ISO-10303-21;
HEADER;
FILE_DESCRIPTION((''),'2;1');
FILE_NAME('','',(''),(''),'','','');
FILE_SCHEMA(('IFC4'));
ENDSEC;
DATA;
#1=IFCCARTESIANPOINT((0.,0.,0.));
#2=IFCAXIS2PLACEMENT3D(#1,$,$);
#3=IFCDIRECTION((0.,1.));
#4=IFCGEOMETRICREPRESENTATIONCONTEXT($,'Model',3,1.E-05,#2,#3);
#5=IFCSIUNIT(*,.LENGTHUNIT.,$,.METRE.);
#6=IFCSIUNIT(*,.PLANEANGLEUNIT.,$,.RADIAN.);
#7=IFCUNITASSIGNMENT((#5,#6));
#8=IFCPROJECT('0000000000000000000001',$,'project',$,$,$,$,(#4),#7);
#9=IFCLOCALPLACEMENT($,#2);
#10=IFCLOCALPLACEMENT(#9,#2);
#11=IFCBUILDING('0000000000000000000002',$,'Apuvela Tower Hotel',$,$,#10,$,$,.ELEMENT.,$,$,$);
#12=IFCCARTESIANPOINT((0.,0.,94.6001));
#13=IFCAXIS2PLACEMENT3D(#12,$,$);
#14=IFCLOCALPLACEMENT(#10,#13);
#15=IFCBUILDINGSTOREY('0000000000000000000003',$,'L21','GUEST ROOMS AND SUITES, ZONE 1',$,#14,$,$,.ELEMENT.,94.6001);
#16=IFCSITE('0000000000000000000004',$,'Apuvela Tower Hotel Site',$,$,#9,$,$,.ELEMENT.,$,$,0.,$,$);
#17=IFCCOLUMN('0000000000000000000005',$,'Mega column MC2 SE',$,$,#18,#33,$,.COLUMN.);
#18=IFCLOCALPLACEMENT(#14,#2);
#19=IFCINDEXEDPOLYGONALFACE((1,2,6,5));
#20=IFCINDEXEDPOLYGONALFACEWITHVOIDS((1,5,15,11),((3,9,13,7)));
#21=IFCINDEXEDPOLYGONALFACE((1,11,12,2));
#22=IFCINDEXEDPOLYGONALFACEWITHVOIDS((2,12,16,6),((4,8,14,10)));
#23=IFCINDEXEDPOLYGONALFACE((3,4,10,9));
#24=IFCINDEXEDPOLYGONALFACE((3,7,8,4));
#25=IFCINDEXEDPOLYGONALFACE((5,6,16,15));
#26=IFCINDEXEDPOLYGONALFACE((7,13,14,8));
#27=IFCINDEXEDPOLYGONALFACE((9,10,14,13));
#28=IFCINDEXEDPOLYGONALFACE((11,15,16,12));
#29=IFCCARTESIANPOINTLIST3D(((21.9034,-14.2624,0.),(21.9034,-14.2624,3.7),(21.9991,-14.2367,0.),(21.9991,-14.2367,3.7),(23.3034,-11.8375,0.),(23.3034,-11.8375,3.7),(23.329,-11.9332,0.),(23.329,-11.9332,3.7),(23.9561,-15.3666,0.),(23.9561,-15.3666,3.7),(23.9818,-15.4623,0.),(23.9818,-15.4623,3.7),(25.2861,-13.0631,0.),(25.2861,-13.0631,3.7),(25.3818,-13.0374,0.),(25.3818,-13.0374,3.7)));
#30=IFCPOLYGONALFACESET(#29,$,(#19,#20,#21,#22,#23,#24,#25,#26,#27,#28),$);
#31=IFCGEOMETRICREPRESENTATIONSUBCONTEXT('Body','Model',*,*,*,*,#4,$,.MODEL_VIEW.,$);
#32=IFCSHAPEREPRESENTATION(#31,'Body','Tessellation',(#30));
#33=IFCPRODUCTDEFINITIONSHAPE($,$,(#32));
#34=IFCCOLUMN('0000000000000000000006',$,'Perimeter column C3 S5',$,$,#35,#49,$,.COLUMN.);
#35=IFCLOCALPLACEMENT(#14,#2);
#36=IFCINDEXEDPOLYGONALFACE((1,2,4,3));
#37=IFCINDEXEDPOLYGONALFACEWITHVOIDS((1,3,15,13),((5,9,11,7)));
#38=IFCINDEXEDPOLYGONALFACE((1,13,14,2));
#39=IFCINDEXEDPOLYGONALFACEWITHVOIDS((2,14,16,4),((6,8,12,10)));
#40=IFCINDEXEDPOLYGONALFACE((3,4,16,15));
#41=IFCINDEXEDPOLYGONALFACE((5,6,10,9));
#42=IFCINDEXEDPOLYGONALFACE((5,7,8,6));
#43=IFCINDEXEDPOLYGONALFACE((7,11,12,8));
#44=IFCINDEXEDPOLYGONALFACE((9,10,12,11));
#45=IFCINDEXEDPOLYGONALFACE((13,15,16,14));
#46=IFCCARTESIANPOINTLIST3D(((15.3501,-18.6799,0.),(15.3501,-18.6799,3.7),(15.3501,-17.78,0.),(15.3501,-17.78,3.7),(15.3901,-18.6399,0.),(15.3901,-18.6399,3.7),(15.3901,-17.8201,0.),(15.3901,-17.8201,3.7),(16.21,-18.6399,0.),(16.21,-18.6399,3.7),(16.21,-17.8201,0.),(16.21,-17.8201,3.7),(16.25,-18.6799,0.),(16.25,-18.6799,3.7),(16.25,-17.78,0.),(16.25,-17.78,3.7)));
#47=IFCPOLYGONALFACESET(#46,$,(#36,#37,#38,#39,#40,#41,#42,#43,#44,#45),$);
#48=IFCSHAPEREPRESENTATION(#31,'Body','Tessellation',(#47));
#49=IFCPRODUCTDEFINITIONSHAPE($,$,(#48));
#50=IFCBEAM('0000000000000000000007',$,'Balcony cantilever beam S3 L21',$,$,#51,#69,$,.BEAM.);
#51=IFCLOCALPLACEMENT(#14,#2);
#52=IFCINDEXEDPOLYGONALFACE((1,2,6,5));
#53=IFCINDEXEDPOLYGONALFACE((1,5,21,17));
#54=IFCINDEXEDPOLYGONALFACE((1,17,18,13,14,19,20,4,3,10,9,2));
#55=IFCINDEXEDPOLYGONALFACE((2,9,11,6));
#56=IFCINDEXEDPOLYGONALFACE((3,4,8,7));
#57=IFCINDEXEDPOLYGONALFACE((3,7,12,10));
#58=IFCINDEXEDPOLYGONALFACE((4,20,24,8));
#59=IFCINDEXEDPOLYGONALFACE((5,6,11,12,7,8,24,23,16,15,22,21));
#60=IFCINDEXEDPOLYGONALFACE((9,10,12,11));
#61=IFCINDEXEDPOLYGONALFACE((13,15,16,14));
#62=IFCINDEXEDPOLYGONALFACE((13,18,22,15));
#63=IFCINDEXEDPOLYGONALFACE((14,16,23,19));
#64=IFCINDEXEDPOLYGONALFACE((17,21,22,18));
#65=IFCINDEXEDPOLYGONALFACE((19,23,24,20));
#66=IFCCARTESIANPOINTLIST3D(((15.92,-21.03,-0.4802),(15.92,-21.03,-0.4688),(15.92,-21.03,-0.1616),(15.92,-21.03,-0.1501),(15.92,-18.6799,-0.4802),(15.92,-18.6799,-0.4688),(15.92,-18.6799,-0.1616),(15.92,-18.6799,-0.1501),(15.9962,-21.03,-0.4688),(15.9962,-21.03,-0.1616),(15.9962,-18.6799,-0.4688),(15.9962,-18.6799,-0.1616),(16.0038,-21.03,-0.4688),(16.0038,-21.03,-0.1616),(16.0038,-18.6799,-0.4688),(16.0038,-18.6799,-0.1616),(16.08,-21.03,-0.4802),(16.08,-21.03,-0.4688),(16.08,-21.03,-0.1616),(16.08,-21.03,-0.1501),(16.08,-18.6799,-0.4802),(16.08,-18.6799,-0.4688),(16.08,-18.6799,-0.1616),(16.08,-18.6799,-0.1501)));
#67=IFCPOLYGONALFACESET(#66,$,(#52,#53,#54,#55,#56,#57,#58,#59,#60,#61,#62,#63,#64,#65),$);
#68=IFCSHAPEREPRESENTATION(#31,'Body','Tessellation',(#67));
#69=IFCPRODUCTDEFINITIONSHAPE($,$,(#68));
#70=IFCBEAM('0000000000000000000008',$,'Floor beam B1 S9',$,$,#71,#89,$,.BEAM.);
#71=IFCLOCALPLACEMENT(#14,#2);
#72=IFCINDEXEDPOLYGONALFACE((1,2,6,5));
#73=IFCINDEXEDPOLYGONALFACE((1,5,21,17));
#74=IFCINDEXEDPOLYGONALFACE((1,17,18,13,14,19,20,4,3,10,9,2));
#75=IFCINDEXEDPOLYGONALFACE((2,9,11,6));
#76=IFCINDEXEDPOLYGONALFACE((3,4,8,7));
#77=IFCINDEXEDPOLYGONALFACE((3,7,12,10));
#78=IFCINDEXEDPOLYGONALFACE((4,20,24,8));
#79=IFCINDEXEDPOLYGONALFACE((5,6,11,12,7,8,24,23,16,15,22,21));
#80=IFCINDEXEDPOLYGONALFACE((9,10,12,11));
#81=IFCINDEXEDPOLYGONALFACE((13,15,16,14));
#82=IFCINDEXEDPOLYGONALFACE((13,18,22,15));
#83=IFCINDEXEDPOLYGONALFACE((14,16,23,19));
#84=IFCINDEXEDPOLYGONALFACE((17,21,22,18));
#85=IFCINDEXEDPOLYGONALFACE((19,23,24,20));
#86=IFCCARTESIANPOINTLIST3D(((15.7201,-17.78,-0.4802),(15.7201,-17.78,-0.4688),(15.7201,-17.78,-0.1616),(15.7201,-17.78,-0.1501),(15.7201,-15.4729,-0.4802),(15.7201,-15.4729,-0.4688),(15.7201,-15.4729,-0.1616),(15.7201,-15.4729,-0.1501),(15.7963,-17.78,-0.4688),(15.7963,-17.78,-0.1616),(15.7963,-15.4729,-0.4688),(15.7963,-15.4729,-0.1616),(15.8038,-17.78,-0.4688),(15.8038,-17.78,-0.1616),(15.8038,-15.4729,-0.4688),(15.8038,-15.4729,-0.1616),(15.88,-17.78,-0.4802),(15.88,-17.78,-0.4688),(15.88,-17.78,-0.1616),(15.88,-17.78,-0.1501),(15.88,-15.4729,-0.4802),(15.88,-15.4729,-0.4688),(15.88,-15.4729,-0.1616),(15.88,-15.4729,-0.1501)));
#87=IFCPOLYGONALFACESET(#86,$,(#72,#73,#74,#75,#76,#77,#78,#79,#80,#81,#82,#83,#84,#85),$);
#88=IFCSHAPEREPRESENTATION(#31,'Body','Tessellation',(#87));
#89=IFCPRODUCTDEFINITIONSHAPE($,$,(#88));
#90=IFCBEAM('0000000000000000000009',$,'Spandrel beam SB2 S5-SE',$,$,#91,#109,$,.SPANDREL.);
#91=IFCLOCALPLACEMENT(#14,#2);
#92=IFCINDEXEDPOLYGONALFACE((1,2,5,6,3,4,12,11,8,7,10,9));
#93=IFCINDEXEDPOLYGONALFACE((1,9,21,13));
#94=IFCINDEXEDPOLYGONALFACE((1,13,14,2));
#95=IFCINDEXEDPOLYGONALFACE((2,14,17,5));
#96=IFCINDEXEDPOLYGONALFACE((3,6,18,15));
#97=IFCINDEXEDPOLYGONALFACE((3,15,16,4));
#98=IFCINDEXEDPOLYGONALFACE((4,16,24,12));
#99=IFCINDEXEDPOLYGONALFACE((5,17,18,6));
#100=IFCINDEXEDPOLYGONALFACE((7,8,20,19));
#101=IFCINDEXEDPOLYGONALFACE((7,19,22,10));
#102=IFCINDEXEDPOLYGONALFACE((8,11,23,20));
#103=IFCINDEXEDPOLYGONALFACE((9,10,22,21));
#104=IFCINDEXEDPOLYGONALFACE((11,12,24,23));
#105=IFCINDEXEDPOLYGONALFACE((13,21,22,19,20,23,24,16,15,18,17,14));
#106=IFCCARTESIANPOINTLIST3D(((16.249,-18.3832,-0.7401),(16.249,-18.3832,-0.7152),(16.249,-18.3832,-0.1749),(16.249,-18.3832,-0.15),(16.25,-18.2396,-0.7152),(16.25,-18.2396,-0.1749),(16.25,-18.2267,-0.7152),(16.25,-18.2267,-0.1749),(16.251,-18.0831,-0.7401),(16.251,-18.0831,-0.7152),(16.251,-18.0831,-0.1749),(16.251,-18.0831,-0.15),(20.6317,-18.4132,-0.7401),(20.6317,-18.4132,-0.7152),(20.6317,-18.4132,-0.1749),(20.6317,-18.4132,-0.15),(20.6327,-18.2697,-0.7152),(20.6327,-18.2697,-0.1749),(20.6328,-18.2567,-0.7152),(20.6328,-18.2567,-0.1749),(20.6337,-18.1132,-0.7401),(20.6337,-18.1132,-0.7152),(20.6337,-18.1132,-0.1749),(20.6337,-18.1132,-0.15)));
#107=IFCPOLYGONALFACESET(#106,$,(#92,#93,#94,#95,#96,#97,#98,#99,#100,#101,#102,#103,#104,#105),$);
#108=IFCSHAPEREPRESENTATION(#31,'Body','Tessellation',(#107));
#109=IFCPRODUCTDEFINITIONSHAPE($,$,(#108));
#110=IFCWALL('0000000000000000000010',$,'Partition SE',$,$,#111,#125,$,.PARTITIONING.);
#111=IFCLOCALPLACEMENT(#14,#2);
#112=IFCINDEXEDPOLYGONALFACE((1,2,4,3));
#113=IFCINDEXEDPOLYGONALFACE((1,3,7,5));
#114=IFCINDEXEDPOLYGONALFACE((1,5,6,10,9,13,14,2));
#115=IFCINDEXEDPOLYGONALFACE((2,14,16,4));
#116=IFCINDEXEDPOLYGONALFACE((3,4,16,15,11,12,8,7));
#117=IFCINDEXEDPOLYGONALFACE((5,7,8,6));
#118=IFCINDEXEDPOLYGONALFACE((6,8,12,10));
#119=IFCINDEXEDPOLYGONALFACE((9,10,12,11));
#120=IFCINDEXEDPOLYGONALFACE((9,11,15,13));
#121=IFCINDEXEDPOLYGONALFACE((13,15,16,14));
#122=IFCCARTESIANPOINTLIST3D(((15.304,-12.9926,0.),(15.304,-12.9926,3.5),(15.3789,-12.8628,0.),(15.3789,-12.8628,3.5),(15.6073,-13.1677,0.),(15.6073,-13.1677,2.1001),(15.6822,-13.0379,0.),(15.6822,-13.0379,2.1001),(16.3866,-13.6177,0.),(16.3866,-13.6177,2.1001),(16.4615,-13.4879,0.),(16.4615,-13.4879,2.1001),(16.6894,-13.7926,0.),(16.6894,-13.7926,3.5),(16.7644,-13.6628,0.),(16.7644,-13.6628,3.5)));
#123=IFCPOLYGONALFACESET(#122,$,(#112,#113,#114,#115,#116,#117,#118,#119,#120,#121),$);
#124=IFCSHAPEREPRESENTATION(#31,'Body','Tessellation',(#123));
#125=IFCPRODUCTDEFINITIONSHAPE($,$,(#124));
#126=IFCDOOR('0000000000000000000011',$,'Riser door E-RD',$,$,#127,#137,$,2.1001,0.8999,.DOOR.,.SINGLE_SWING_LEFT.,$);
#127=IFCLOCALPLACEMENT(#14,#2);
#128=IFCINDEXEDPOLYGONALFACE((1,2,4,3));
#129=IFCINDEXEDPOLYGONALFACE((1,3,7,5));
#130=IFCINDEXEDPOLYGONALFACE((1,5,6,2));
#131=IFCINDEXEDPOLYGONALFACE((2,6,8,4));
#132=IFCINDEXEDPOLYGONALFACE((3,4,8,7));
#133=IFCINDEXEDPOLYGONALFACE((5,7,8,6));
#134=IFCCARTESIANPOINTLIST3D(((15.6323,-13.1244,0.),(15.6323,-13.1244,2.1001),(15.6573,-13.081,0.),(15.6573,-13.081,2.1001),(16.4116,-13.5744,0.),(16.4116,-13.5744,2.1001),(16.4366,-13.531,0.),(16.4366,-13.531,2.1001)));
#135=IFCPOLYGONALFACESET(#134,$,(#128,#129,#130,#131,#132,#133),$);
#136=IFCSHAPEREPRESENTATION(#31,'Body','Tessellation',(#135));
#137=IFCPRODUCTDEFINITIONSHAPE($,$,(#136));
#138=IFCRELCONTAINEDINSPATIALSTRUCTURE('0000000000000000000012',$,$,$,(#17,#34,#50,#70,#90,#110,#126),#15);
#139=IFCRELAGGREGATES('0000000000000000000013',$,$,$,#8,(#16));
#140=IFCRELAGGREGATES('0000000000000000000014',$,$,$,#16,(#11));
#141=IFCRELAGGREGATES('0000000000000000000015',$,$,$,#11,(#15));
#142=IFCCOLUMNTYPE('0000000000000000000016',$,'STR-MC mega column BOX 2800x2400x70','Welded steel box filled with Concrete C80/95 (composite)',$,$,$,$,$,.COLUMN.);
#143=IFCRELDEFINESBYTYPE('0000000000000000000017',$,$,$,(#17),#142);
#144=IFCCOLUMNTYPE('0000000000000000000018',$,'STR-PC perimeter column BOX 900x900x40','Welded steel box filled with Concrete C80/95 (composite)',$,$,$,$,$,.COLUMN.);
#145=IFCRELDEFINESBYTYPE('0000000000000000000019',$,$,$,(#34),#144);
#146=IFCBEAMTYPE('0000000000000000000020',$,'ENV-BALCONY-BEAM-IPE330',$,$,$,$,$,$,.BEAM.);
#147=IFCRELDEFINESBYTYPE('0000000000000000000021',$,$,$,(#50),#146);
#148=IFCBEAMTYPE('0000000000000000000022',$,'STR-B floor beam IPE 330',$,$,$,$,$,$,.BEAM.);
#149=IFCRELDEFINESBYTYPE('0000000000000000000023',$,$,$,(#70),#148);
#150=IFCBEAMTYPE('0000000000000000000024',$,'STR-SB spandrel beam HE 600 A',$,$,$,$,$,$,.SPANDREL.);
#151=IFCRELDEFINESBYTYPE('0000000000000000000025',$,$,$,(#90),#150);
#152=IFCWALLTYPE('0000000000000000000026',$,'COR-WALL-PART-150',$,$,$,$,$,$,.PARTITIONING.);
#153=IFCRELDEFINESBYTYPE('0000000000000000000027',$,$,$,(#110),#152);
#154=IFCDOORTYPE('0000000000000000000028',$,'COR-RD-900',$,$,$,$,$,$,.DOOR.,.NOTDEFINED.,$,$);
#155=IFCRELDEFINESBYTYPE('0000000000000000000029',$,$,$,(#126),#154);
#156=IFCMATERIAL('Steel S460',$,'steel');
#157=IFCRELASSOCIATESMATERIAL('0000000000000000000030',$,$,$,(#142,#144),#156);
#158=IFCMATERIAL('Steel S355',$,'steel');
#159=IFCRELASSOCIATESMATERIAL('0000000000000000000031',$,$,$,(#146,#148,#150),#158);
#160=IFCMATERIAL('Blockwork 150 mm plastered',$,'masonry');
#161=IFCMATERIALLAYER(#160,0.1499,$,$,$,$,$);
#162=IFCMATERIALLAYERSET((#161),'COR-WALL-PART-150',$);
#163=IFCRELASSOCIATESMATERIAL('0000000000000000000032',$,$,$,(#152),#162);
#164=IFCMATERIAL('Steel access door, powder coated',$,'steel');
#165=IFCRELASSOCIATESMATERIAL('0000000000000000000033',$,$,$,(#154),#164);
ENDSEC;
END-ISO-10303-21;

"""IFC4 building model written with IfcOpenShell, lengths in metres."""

from ifc_helpers import new_model, si_unit, direction, frame, frame_2d, origin, origin_2d, place, context, subcontext, project, spatial, rectangle, hollow_rectangle, i_section, extrude, material, layer, layer_set, material_profile, profile_set, type_object, element, fill, save


model = new_model("IFC4")

# Units and contexts
model_context = context("Model", 3, precision=1e-05, world=origin(), true_north=direction((0.0, 1.0)))
body_context = subcontext(model_context, "Body", "Model", "MODEL_VIEW")
ifc_project = project(units=[si_unit("LENGTHUNIT", "METRE"), si_unit("PLANEANGLEUNIT", "RADIAN")], contexts=[model_context])

# Site, building, storey
site_placement = place(None, origin())
site = spatial("IfcSite", under=ifc_project, at=site_placement, Name="Apuvela Tower Hotel Site", CompositionType="ELEMENT", RefElevation=0.0)
building_placement = place(site_placement, origin())
building = spatial("IfcBuilding", under=site, at=building_placement, Name="Apuvela Tower Hotel", CompositionType="ELEMENT")
storey_placement = place(building_placement, frame((0.0, 0.0, 94.6001)))
storey = spatial("IfcBuildingStorey", under=building, at=storey_placement, Name="L21", Description="GUEST ROOMS AND SUITES, ZONE 1", CompositionType="ELEMENT", Elevation=94.6001)

# Columns
ifc_material_1 = material(Name="Steel S460", Category="steel")
ifc_material_profile_1 = material_profile(ifc_material_1, hollow_rectangle(XDim=2.8, YDim=2.3999, WallThickness=0.0701, at=origin_2d()), Name="BOX 2800x2400x70")
ifc_material_2 = material(Name="Concrete C80/95", Category="concrete")
ifc_material_profile_2 = material_profile(ifc_material_2, rectangle(XDim=2.6599, YDim=2.26, at=origin_2d()), Name="Concrete C80/95 infill")
ifc_profile_set_1 = profile_set([ifc_material_profile_1, ifc_material_profile_2], Name="Steel S460")
column_type_1 = type_object("IfcColumnType", Name="STR-MC mega column BOX 2800x2400x70", Description="Welded steel box filled with Concrete C80/95 (composite)", PredefinedType="COLUMN", material=ifc_profile_set_1)
column_1_placement = place(storey_placement, frame((23.6426, -13.6499, 0.0), z_axis=(0.0, 0.0, 1.0), x_axis=(0.5, 0.866025, 0.0)))
element("IfcColumn", 1, at=column_1_placement, inside=storey, type_object=column_type_1, Name="Mega column MC2 SE", PredefinedType="COLUMN", context=body_context, shape_type="SweptSolid", body=[
    extrude(hollow_rectangle(XDim=2.8, YDim=2.3999, WallThickness=0.0701, at=origin_2d()), origin(), (0.0, 0.0, 1.0), 3.7),
])
ifc_material_profile_3 = material_profile(ifc_material_1, hollow_rectangle(XDim=0.8999, YDim=0.8999, WallThickness=0.04, at=origin_2d()), Name="BOX 900x900x40")
ifc_material_profile_4 = material_profile(ifc_material_2, rectangle(XDim=0.8201, YDim=0.8201, at=origin_2d()), Name="Concrete C80/95 infill")
ifc_profile_set_2 = profile_set([ifc_material_profile_3, ifc_material_profile_4], Name="Steel S460")
column_type_2 = type_object("IfcColumnType", Name="STR-PC perimeter column BOX 900x900x40", Description="Welded steel box filled with Concrete C80/95 (composite)", PredefinedType="COLUMN", material=ifc_profile_set_2)
column_2_placement = place(storey_placement, frame((15.8, -18.23, 0.0), z_axis=(0.0, 0.0, 1.0), x_axis=(-1.0, 0.0, 0.0)))
element("IfcColumn", 2, at=column_2_placement, inside=storey, type_object=column_type_2, Name="Perimeter column C3 S5", PredefinedType="COLUMN", context=body_context, shape_type="SweptSolid", body=[
    extrude(hollow_rectangle(XDim=0.8999, YDim=0.8999, WallThickness=0.04, at=origin_2d()), origin(), (0.0, 0.0, 1.0), 3.7),
])

# Beams
ifc_material_3 = material(Name="Steel S355", Category="steel")
ifc_material_profile_5 = material_profile(ifc_material_3, i_section(OverallWidth=0.1599, OverallDepth=0.3301, WebThickness=0.0076, FlangeThickness=0.0115, at=origin_2d()), Name="IPE 330")
ifc_profile_set_3 = profile_set([ifc_material_profile_5], Name="Steel S355")
beam_type_1 = type_object("IfcBeamType", Name="ENV-BALCONY-BEAM-IPE330", PredefinedType="BEAM", material=ifc_profile_set_3)
beam_1_placement = place(storey_placement, frame((16.0, -18.6799, -0.3152), z_axis=(0.0, -1.0, 0.0), x_axis=(1.0, 0.0, 0.0)))
element("IfcBeam", 3, at=beam_1_placement, inside=storey, type_object=beam_type_1, Name="Balcony cantilever beam S3 L21", PredefinedType="BEAM", context=body_context, shape_type="SweptSolid", body=[
    extrude(i_section(OverallWidth=0.1599, OverallDepth=0.3301, WebThickness=0.0076, FlangeThickness=0.0115, at=origin_2d()), origin(), (0.0, 0.0, 1.0), 2.3501),
])
ifc_material_profile_6 = material_profile(ifc_material_3, i_section(OverallWidth=0.1599, OverallDepth=0.3301, WebThickness=0.0076, FlangeThickness=0.0115, at=origin_2d()), Name="IPE 330")
ifc_profile_set_4 = profile_set([ifc_material_profile_6], Name="Steel S355")
beam_type_2 = type_object("IfcBeamType", Name="STR-B floor beam IPE 330", PredefinedType="BEAM", material=ifc_profile_set_4)
beam_2_placement = place(storey_placement, frame((15.8, -17.78, -0.3152), z_axis=(0.0, 1.0, 0.0), x_axis=(-1.0, 0.0, 0.0)))
element("IfcBeam", 4, at=beam_2_placement, inside=storey, type_object=beam_type_2, Name="Floor beam B1 S9", PredefinedType="BEAM", context=body_context, shape_type="SweptSolid", body=[
    extrude(i_section(OverallWidth=0.1599, OverallDepth=0.3301, WebThickness=0.0076, FlangeThickness=0.0115, at=origin_2d()), origin(), (0.0, 0.0, 1.0), 2.3071),
])
ifc_material_profile_7 = material_profile(ifc_material_3, i_section(OverallWidth=0.3, OverallDepth=0.5901, WebThickness=0.0129, FlangeThickness=0.0249, at=origin_2d()), Name="HE 600 A")
ifc_profile_set_5 = profile_set([ifc_material_profile_7], Name="Steel S355")
beam_type_3 = type_object("IfcBeamType", Name="STR-SB spandrel beam HE 600 A", PredefinedType="SPANDREL", material=ifc_profile_set_5)
beam_3_placement = place(storey_placement, frame((16.25, -18.2332, -0.4451), z_axis=(0.999977, -0.006851, 0.0), x_axis=(0.006851, 0.999977, 0.0)))
element("IfcBeam", 5, at=beam_3_placement, inside=storey, type_object=beam_type_3, Name="Spandrel beam SB2 S5-SE", PredefinedType="SPANDREL", context=body_context, shape_type="SweptSolid", body=[
    extrude(i_section(OverallWidth=0.3, OverallDepth=0.5901, WebThickness=0.0129, FlangeThickness=0.0249, at=origin_2d()), origin(), (0.0, 0.0, 1.0), 4.3828),
])

# Wall, opening, door
ifc_material_4 = material(Name="Blockwork 150 mm plastered", Category="masonry")
ifc_layer_1 = layer(ifc_material_4, 0.1499)
ifc_layer_set_1 = layer_set([ifc_layer_1], Name="COR-WALL-PART-150")
wall_type_1 = type_object("IfcWallType", Name="COR-WALL-PART-150", PredefinedType="PARTITIONING", material=ifc_layer_set_1)
wall_1_placement = place(storey_placement, frame((15.3416, -12.9277, 0.0), z_axis=(0.0, 0.0, 1.0), x_axis=(0.86599, -0.500061, 0.0)))
wall_1 = element("IfcWall", 6, at=wall_1_placement, inside=storey, type_object=wall_type_1, Name="Partition SE", PredefinedType="PARTITIONING", context=body_context, shape_type="SweptSolid", body=[
    extrude(rectangle(XDim=1.5999, YDim=0.1499, at=frame_2d((0.7998, 0.0))), origin(), (0.0, 0.0, 1.0), 3.5),
])
opening_1_placement = place(wall_1_placement, frame((0.3501, 0.0, 0.0)))
opening_1 = element("IfcOpeningElement", 7, at=opening_1_placement, cuts=wall_1, PredefinedType="OPENING", context=body_context, shape_type="SweptSolid", body=[
    extrude(rectangle(XDim=0.8999, YDim=2.1001, at=frame_2d((0.45, 1.05))), frame((0.0, 0.085, 0.0), z_axis=(0.0, -1.0, 0.0), x_axis=(1.0, 0.0, 0.0)), (0.0, 0.0, 1.0), 0.1699),
])
ifc_material_5 = material(Name="Steel access door, powder coated", Category="steel")
door_type_1 = type_object("IfcDoorType", Name="COR-RD-900", OperationType="NOTDEFINED", PredefinedType="DOOR", material=ifc_material_5)
door_1_placement = place(opening_1_placement, frame((0.8999, 0.0, 0.0), z_axis=(0.0, 0.0, 1.0), x_axis=(-1.0, 0.0, 0.0)))
door_1 = element("IfcDoor", 8, at=door_1_placement, inside=storey, type_object=door_type_1, Name="Riser door E-RD", OperationType="SINGLE_SWING_LEFT", OverallHeight=2.1001, OverallWidth=0.8999, PredefinedType="DOOR", context=body_context, shape_type="SweptSolid", body=[
    extrude(rectangle(XDim=0.8999, YDim=2.1001, at=frame_2d((0.45, 1.05))), frame((0.0, 0.0249, 0.0), z_axis=(0.0, -1.0, 0.0), x_axis=(1.0, 0.0, 0.0)), (0.0, 0.0, 1.0), 0.05),
])
fill(opening_1, door_1)

save(model, "model.ifc")
